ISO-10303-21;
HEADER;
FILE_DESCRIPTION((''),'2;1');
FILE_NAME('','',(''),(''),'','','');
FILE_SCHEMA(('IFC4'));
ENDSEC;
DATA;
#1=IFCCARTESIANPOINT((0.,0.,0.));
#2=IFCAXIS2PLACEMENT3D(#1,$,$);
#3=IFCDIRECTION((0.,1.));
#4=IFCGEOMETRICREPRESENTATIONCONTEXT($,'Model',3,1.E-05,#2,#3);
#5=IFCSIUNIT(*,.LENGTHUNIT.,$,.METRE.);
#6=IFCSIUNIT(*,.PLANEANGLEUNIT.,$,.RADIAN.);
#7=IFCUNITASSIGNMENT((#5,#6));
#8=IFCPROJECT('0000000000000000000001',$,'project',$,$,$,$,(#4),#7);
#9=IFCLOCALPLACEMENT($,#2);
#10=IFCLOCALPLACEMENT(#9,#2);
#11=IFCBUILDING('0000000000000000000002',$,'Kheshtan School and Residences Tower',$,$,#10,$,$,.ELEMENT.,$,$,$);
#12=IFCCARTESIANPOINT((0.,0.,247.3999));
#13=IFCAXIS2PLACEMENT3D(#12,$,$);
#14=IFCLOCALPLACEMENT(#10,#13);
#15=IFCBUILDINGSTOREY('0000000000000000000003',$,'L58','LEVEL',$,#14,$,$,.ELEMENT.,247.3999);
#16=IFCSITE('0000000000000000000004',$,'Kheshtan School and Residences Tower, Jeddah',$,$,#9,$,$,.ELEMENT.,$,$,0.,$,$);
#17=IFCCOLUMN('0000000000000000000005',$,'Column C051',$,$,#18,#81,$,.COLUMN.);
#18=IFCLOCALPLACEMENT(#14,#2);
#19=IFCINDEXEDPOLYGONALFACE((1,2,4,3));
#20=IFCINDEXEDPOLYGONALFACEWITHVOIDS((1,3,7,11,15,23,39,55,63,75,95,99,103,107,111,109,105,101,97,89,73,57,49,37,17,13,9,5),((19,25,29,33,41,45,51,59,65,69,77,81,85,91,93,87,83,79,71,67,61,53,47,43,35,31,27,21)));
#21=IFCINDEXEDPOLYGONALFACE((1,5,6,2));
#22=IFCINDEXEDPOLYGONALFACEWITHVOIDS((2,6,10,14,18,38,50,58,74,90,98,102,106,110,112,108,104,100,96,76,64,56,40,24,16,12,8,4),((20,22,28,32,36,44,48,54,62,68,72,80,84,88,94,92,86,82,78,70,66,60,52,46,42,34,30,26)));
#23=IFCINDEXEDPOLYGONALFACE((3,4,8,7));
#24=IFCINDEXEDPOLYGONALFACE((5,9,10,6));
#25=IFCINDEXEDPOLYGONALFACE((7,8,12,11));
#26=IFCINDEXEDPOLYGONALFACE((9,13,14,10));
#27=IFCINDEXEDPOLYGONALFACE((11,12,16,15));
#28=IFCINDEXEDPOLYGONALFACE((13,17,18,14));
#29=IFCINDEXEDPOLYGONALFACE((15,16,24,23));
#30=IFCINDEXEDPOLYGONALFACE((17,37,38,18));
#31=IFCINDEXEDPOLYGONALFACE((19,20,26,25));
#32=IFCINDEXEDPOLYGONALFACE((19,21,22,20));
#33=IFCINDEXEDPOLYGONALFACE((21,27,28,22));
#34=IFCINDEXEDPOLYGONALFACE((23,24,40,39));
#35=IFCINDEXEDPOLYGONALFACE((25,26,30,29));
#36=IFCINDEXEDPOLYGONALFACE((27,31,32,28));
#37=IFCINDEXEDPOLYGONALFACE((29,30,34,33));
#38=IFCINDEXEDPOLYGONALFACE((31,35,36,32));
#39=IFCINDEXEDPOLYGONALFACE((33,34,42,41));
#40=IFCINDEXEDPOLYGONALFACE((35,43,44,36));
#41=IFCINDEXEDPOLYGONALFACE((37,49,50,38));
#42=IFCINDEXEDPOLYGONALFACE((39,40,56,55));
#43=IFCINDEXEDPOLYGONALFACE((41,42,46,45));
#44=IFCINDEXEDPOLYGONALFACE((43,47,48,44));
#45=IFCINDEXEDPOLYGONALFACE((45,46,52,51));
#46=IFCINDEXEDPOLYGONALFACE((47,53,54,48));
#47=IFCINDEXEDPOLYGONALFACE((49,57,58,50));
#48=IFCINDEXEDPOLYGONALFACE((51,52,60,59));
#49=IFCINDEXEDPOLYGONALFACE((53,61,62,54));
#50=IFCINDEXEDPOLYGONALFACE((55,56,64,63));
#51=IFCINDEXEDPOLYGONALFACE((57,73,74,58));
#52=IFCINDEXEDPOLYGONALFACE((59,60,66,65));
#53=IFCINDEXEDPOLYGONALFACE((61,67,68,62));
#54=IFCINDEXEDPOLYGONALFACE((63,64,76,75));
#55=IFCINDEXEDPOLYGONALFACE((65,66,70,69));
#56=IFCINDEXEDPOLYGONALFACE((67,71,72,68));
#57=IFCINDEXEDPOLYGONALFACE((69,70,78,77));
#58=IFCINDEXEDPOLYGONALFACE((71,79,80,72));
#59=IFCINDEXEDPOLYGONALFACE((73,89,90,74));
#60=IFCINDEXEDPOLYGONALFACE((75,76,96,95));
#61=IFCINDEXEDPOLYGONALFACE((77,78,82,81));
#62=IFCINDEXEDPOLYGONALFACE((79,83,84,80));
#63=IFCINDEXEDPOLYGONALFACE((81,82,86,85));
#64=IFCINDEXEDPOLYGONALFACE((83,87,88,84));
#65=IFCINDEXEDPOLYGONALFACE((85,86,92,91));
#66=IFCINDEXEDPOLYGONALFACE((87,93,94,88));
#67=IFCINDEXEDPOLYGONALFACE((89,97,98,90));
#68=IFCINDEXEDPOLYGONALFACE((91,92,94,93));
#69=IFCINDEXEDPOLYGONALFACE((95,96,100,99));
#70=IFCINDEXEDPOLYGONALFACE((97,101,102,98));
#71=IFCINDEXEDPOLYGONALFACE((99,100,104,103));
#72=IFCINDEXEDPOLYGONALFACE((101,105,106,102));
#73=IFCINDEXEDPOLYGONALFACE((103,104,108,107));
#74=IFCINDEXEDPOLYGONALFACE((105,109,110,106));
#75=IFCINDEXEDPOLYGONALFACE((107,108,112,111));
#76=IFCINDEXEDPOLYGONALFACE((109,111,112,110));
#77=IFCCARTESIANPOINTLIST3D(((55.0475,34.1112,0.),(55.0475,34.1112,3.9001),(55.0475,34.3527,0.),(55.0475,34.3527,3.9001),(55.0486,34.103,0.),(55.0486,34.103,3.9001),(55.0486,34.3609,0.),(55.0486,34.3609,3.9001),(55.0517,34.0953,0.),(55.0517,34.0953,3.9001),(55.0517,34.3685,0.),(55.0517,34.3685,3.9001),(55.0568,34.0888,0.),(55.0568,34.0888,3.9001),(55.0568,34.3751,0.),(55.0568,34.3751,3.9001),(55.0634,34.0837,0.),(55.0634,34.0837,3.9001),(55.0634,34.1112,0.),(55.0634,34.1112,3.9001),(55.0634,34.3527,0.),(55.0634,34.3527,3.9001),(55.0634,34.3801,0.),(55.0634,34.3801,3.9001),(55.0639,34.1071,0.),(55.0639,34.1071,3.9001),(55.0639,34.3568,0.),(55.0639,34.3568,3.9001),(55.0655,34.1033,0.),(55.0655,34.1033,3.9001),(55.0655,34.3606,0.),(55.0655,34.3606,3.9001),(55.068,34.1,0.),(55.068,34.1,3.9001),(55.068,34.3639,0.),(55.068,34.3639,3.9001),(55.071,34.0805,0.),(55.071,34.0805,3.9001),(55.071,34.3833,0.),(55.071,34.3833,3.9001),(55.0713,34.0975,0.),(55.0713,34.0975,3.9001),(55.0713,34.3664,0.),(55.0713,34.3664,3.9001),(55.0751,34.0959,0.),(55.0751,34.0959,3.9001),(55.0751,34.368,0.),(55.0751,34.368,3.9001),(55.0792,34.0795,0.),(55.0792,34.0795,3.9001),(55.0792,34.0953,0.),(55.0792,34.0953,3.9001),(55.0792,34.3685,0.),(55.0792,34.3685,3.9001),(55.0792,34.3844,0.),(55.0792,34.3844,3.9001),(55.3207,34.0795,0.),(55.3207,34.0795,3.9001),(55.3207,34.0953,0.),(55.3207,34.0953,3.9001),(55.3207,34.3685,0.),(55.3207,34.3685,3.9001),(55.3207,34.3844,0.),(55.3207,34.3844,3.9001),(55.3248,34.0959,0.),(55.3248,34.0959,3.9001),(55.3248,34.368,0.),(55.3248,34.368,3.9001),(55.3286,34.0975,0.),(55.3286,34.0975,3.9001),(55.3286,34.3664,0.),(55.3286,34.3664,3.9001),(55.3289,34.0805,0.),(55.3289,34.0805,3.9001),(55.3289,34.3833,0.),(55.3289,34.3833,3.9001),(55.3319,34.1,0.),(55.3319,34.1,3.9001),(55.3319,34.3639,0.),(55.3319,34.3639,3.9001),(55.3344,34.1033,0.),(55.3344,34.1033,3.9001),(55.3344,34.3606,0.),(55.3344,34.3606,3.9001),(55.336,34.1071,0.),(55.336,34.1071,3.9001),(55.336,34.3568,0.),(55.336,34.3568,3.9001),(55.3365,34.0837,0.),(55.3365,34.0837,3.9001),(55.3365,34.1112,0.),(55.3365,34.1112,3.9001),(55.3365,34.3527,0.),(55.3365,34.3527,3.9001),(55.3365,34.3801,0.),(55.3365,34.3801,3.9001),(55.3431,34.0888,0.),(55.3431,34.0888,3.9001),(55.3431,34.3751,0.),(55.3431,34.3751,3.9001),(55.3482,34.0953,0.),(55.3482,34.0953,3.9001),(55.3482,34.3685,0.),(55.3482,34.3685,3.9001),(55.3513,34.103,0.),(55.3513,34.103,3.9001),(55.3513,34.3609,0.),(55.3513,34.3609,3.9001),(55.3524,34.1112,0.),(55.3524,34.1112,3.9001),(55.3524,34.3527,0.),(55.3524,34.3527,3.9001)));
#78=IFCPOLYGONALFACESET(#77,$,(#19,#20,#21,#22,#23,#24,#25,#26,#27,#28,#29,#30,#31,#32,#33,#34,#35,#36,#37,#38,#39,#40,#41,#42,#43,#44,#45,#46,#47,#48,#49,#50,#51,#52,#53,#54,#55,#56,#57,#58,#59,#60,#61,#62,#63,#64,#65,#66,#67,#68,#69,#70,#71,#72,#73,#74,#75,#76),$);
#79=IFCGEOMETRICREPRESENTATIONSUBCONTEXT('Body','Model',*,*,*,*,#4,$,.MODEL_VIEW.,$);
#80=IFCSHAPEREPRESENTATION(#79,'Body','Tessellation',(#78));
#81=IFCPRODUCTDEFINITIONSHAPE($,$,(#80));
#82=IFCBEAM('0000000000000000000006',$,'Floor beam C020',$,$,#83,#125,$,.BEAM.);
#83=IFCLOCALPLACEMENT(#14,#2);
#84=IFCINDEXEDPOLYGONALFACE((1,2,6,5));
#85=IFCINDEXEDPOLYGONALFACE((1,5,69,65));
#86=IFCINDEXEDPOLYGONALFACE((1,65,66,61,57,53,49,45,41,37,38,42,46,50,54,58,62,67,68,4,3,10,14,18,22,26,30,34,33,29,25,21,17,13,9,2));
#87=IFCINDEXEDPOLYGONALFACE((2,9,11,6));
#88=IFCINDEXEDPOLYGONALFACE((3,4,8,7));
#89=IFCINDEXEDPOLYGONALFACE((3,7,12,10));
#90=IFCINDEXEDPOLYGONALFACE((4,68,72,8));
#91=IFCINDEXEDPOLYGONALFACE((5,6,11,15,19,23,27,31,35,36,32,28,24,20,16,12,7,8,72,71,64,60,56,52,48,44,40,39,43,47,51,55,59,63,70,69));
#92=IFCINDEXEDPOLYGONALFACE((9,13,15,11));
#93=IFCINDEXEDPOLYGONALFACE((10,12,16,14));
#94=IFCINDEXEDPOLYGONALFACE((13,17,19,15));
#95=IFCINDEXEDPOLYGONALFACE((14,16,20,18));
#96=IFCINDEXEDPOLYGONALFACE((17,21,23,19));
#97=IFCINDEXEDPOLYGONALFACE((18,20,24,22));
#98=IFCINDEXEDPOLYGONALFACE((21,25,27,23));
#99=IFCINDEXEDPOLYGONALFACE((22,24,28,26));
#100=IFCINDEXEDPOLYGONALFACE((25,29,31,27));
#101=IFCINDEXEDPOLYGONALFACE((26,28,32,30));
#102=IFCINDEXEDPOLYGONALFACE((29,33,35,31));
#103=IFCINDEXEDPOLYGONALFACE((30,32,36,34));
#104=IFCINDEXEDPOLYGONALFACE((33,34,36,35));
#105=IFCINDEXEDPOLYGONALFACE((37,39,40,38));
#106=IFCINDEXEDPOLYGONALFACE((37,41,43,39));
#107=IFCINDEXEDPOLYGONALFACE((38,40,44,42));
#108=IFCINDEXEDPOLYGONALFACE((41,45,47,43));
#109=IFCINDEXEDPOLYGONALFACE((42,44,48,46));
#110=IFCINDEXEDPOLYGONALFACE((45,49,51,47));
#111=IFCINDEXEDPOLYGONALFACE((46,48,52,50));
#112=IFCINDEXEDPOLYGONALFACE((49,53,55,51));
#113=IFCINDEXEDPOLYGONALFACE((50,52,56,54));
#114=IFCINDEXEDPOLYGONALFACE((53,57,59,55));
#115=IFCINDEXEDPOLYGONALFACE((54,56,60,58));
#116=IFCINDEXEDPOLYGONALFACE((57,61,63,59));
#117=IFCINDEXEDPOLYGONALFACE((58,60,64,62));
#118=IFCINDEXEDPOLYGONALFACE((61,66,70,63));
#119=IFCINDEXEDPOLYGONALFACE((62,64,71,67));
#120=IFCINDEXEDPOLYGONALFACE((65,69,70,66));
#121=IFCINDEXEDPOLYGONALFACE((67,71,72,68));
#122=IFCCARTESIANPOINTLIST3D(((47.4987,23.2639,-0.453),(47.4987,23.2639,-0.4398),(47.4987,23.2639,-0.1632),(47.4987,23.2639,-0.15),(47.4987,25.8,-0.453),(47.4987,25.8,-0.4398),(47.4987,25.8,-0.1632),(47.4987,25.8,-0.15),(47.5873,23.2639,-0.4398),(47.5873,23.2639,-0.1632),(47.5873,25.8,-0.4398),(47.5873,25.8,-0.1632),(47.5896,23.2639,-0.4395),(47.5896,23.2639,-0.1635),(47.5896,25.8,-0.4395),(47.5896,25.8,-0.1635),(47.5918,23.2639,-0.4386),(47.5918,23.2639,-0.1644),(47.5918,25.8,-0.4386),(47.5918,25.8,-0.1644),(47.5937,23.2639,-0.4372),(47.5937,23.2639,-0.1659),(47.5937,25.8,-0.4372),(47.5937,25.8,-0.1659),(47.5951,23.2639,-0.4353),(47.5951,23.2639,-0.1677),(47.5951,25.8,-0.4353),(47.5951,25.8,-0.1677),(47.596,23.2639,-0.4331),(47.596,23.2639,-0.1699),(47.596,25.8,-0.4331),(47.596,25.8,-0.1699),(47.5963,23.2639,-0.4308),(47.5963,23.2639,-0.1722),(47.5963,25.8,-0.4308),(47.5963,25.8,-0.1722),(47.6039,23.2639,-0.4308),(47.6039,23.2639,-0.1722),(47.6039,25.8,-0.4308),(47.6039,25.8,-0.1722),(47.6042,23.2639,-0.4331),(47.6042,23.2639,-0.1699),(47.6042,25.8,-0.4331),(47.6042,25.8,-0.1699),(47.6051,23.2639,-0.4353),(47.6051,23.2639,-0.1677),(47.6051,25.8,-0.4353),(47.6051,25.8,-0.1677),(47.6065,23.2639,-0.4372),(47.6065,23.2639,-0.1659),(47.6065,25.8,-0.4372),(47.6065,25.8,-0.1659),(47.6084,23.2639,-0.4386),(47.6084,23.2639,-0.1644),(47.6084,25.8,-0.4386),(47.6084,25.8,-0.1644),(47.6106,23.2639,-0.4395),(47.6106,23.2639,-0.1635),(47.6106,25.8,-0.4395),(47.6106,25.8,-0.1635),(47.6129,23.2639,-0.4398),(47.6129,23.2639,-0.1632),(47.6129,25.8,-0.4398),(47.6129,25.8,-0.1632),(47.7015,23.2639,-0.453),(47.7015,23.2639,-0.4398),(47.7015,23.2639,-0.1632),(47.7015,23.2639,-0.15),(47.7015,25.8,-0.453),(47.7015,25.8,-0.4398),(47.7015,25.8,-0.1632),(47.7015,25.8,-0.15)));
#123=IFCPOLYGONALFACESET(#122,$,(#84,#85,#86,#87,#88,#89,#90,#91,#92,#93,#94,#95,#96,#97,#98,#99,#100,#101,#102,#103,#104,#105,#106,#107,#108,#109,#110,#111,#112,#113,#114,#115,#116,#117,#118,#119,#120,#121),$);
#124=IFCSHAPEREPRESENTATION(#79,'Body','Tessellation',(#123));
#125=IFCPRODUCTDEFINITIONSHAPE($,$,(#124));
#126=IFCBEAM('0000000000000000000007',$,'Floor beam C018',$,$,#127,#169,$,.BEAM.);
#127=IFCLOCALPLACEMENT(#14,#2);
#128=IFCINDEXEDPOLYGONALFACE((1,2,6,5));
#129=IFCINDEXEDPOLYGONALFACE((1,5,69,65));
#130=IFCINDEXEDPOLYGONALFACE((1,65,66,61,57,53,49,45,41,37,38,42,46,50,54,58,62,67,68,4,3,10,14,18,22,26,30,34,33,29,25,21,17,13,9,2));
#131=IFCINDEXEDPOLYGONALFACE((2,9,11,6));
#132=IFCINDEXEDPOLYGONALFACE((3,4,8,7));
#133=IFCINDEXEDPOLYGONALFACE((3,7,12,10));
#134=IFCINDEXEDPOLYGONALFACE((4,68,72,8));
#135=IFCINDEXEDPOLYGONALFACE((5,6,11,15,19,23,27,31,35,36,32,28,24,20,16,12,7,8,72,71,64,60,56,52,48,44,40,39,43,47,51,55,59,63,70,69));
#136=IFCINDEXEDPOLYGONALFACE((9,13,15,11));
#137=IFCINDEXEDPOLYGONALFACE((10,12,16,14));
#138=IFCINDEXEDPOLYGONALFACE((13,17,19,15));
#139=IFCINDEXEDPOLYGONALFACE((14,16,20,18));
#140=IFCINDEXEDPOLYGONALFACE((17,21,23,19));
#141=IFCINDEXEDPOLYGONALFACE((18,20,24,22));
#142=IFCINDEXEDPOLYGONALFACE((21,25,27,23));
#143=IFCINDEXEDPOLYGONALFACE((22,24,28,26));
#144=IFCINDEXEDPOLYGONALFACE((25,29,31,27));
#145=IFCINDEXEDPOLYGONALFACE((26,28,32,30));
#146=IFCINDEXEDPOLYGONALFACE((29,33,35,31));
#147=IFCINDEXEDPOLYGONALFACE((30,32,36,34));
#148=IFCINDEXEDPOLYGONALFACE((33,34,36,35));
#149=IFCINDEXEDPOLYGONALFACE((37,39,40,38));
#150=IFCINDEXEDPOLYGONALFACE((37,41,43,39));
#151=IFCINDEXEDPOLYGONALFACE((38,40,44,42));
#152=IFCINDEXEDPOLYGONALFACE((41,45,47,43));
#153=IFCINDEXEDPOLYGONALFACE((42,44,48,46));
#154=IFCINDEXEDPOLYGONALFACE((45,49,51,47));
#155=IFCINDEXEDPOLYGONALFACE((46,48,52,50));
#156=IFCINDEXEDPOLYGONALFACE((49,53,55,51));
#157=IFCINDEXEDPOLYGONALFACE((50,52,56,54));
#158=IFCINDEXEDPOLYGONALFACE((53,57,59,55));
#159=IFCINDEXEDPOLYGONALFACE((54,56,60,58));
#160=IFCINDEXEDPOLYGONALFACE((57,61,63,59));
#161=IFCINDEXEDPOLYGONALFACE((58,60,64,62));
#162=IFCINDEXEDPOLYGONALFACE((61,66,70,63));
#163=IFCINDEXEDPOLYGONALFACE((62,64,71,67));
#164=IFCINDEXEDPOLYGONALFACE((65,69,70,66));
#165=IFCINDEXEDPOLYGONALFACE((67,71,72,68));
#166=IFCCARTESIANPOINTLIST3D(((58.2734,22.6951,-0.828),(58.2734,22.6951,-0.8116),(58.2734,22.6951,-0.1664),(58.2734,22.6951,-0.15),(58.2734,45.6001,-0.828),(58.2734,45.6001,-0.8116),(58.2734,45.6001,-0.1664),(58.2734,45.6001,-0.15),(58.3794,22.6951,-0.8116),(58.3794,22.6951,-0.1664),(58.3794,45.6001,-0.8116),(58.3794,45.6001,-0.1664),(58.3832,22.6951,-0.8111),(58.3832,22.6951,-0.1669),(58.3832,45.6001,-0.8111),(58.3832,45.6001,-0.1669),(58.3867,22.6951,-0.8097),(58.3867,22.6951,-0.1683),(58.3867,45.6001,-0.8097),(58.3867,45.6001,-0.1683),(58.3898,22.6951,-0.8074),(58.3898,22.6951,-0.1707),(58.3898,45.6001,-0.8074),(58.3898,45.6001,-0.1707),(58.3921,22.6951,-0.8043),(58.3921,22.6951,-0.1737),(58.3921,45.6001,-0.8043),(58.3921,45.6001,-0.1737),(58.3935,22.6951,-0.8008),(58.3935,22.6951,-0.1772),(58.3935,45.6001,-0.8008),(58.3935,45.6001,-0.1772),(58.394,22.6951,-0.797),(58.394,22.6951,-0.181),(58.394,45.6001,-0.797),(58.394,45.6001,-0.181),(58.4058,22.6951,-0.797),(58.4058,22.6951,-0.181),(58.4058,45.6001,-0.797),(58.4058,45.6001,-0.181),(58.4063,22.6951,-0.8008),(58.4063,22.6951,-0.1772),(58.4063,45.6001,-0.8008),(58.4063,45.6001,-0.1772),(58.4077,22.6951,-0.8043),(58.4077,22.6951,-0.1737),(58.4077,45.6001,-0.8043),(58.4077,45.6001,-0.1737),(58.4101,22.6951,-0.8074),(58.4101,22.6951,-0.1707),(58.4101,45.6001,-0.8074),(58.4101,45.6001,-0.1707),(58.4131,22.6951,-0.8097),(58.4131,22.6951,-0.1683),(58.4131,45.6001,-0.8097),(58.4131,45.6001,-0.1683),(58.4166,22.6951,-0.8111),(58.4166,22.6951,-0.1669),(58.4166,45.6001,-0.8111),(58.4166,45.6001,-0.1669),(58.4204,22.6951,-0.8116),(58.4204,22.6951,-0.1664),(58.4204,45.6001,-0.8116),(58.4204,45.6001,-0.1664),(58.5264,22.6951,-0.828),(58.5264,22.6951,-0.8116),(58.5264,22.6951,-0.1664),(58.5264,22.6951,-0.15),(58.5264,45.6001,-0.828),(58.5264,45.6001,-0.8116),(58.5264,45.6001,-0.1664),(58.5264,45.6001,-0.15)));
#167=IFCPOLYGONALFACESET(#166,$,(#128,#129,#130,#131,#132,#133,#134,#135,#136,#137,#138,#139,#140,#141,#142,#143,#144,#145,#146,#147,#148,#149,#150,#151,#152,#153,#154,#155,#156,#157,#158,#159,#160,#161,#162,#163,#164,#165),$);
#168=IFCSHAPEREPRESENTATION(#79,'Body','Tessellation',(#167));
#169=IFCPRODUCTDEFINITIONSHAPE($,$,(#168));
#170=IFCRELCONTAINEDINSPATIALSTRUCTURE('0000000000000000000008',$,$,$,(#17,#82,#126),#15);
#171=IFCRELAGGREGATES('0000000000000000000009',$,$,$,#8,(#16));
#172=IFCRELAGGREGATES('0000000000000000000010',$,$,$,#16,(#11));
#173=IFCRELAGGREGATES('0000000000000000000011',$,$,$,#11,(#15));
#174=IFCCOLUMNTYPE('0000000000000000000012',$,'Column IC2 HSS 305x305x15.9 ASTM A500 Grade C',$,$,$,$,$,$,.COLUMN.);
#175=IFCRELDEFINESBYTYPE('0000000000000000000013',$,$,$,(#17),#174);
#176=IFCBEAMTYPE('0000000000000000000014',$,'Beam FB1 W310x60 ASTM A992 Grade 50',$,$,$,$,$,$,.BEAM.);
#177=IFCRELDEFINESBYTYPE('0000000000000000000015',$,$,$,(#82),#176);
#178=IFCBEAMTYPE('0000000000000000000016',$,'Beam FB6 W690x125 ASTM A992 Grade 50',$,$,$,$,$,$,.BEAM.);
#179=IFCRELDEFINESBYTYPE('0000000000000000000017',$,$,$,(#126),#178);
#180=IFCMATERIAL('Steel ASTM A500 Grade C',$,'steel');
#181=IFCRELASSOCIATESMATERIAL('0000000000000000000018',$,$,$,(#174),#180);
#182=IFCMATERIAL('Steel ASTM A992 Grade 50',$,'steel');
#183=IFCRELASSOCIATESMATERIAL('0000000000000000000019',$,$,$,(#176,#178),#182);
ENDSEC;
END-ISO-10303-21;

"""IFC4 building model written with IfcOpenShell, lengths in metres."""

from ifc_helpers import new_model, si_unit, direction, frame, origin, origin_2d, place, context, subcontext, project, spatial, hollow_rectangle, i_section, extrude, material, material_profile, profile_set, type_object, element, save


model = new_model("IFC4")

# Units and contexts
model_context = context("Model", 3, precision=1e-05, world=origin(), true_north=direction((0.0, 1.0)))
body_context = subcontext(model_context, "Body", "Model", "MODEL_VIEW")
ifc_project = project(units=[si_unit("LENGTHUNIT", "METRE"), si_unit("PLANEANGLEUNIT", "RADIAN")], contexts=[model_context])

# Site, building, storey
site_placement = place(None, origin())
site = spatial("IfcSite", under=ifc_project, at=site_placement, Name="Kheshtan School and Residences Tower, Jeddah", CompositionType="ELEMENT", RefElevation=0.0)
building_placement = place(site_placement, origin())
building = spatial("IfcBuilding", under=site, at=building_placement, Name="Kheshtan School and Residences Tower", CompositionType="ELEMENT")
storey_placement = place(building_placement, frame((0.0, 0.0, 247.3999)))
storey = spatial("IfcBuildingStorey", under=building, at=storey_placement, Name="L58", Description="LEVEL", CompositionType="ELEMENT", Elevation=247.3999)

# Column
ifc_material_1 = material(Name="Steel ASTM A992 Grade 50", Category="steel")
ifc_material_2 = material(Name="Steel ASTM A500 Grade C", Category="steel")
ifc_material_profile_1 = material_profile(ifc_material_2, hollow_rectangle(XDim=0.3049, YDim=0.3049, WallThickness=0.0159, InnerFilletRadius=0.0159, OuterFilletRadius=0.0317, at=origin_2d()), Name="HSS 305x305x15.9")
ifc_profile_set_1 = profile_set([ifc_material_profile_1], Name="Steel ASTM A500 Grade C")
column_type_1 = type_object("IfcColumnType", Name="Column IC2 HSS 305x305x15.9 ASTM A500 Grade C", PredefinedType="COLUMN", material=ifc_profile_set_1)
column_placement = place(storey_placement, frame((55.2, 34.2319, 0.0), z_axis=(0.0, 0.0, 1.0), x_axis=(1.0, 0.0, 0.0)))
element("IfcColumn", 1, at=column_placement, inside=storey, type_object=column_type_1, Name="Column C051", PredefinedType="COLUMN", context=body_context, shape_type="SweptSolid", body=[
    extrude(hollow_rectangle(XDim=0.3049, YDim=0.3049, WallThickness=0.0159, InnerFilletRadius=0.0159, OuterFilletRadius=0.0317, at=origin_2d()), origin(), (0.0, 0.0, 1.0), 3.9001),
])

# Beams
ifc_material_profile_2 = material_profile(ifc_material_1, i_section(OverallWidth=0.2029, OverallDepth=0.303, WebThickness=0.0076, FlangeThickness=0.0132, FilletRadius=0.009, at=origin_2d()), Name="W310x60")
ifc_profile_set_2 = profile_set([ifc_material_profile_2], Name="Steel ASTM A992 Grade 50")
beam_type_1 = type_object("IfcBeamType", Name="Beam FB1 W310x60 ASTM A992 Grade 50", PredefinedType="BEAM", material=ifc_profile_set_2)
beam_1_placement = place(storey_placement, frame((47.6001, 23.2639, -0.3015), z_axis=(0.0, 1.0, 0.0), x_axis=(-1.0, 0.0, 0.0)))
element("IfcBeam", 2, at=beam_1_placement, inside=storey, type_object=beam_type_1, Name="Floor beam C020", PredefinedType="BEAM", context=body_context, shape_type="SweptSolid", body=[
    extrude(i_section(OverallWidth=0.2029, OverallDepth=0.303, WebThickness=0.0076, FlangeThickness=0.0132, FilletRadius=0.009, at=origin_2d()), origin(), (0.0, 0.0, 1.0), 2.5361),
])
ifc_material_profile_3 = material_profile(ifc_material_1, i_section(OverallWidth=0.2529, OverallDepth=0.678, WebThickness=0.0117, FlangeThickness=0.0164, FilletRadius=0.0146, at=origin_2d()), Name="W690x125")
ifc_profile_set_3 = profile_set([ifc_material_profile_3], Name="Steel ASTM A992 Grade 50")
beam_type_2 = type_object("IfcBeamType", Name="Beam FB6 W690x125 ASTM A992 Grade 50", PredefinedType="BEAM", material=ifc_profile_set_3)
beam_2_placement = place(storey_placement, frame((58.3999, 22.6951, -0.489), z_axis=(0.0, 1.0, 0.0), x_axis=(-1.0, 0.0, 0.0)))
element("IfcBeam", 3, at=beam_2_placement, inside=storey, type_object=beam_type_2, Name="Floor beam C018", PredefinedType="BEAM", context=body_context, shape_type="SweptSolid", body=[
    extrude(i_section(OverallWidth=0.2529, OverallDepth=0.678, WebThickness=0.0117, FlangeThickness=0.0164, FilletRadius=0.0146, at=origin_2d()), origin(), (0.0, 0.0, 1.0), 22.905),
])

save(model, "model.ifc")
